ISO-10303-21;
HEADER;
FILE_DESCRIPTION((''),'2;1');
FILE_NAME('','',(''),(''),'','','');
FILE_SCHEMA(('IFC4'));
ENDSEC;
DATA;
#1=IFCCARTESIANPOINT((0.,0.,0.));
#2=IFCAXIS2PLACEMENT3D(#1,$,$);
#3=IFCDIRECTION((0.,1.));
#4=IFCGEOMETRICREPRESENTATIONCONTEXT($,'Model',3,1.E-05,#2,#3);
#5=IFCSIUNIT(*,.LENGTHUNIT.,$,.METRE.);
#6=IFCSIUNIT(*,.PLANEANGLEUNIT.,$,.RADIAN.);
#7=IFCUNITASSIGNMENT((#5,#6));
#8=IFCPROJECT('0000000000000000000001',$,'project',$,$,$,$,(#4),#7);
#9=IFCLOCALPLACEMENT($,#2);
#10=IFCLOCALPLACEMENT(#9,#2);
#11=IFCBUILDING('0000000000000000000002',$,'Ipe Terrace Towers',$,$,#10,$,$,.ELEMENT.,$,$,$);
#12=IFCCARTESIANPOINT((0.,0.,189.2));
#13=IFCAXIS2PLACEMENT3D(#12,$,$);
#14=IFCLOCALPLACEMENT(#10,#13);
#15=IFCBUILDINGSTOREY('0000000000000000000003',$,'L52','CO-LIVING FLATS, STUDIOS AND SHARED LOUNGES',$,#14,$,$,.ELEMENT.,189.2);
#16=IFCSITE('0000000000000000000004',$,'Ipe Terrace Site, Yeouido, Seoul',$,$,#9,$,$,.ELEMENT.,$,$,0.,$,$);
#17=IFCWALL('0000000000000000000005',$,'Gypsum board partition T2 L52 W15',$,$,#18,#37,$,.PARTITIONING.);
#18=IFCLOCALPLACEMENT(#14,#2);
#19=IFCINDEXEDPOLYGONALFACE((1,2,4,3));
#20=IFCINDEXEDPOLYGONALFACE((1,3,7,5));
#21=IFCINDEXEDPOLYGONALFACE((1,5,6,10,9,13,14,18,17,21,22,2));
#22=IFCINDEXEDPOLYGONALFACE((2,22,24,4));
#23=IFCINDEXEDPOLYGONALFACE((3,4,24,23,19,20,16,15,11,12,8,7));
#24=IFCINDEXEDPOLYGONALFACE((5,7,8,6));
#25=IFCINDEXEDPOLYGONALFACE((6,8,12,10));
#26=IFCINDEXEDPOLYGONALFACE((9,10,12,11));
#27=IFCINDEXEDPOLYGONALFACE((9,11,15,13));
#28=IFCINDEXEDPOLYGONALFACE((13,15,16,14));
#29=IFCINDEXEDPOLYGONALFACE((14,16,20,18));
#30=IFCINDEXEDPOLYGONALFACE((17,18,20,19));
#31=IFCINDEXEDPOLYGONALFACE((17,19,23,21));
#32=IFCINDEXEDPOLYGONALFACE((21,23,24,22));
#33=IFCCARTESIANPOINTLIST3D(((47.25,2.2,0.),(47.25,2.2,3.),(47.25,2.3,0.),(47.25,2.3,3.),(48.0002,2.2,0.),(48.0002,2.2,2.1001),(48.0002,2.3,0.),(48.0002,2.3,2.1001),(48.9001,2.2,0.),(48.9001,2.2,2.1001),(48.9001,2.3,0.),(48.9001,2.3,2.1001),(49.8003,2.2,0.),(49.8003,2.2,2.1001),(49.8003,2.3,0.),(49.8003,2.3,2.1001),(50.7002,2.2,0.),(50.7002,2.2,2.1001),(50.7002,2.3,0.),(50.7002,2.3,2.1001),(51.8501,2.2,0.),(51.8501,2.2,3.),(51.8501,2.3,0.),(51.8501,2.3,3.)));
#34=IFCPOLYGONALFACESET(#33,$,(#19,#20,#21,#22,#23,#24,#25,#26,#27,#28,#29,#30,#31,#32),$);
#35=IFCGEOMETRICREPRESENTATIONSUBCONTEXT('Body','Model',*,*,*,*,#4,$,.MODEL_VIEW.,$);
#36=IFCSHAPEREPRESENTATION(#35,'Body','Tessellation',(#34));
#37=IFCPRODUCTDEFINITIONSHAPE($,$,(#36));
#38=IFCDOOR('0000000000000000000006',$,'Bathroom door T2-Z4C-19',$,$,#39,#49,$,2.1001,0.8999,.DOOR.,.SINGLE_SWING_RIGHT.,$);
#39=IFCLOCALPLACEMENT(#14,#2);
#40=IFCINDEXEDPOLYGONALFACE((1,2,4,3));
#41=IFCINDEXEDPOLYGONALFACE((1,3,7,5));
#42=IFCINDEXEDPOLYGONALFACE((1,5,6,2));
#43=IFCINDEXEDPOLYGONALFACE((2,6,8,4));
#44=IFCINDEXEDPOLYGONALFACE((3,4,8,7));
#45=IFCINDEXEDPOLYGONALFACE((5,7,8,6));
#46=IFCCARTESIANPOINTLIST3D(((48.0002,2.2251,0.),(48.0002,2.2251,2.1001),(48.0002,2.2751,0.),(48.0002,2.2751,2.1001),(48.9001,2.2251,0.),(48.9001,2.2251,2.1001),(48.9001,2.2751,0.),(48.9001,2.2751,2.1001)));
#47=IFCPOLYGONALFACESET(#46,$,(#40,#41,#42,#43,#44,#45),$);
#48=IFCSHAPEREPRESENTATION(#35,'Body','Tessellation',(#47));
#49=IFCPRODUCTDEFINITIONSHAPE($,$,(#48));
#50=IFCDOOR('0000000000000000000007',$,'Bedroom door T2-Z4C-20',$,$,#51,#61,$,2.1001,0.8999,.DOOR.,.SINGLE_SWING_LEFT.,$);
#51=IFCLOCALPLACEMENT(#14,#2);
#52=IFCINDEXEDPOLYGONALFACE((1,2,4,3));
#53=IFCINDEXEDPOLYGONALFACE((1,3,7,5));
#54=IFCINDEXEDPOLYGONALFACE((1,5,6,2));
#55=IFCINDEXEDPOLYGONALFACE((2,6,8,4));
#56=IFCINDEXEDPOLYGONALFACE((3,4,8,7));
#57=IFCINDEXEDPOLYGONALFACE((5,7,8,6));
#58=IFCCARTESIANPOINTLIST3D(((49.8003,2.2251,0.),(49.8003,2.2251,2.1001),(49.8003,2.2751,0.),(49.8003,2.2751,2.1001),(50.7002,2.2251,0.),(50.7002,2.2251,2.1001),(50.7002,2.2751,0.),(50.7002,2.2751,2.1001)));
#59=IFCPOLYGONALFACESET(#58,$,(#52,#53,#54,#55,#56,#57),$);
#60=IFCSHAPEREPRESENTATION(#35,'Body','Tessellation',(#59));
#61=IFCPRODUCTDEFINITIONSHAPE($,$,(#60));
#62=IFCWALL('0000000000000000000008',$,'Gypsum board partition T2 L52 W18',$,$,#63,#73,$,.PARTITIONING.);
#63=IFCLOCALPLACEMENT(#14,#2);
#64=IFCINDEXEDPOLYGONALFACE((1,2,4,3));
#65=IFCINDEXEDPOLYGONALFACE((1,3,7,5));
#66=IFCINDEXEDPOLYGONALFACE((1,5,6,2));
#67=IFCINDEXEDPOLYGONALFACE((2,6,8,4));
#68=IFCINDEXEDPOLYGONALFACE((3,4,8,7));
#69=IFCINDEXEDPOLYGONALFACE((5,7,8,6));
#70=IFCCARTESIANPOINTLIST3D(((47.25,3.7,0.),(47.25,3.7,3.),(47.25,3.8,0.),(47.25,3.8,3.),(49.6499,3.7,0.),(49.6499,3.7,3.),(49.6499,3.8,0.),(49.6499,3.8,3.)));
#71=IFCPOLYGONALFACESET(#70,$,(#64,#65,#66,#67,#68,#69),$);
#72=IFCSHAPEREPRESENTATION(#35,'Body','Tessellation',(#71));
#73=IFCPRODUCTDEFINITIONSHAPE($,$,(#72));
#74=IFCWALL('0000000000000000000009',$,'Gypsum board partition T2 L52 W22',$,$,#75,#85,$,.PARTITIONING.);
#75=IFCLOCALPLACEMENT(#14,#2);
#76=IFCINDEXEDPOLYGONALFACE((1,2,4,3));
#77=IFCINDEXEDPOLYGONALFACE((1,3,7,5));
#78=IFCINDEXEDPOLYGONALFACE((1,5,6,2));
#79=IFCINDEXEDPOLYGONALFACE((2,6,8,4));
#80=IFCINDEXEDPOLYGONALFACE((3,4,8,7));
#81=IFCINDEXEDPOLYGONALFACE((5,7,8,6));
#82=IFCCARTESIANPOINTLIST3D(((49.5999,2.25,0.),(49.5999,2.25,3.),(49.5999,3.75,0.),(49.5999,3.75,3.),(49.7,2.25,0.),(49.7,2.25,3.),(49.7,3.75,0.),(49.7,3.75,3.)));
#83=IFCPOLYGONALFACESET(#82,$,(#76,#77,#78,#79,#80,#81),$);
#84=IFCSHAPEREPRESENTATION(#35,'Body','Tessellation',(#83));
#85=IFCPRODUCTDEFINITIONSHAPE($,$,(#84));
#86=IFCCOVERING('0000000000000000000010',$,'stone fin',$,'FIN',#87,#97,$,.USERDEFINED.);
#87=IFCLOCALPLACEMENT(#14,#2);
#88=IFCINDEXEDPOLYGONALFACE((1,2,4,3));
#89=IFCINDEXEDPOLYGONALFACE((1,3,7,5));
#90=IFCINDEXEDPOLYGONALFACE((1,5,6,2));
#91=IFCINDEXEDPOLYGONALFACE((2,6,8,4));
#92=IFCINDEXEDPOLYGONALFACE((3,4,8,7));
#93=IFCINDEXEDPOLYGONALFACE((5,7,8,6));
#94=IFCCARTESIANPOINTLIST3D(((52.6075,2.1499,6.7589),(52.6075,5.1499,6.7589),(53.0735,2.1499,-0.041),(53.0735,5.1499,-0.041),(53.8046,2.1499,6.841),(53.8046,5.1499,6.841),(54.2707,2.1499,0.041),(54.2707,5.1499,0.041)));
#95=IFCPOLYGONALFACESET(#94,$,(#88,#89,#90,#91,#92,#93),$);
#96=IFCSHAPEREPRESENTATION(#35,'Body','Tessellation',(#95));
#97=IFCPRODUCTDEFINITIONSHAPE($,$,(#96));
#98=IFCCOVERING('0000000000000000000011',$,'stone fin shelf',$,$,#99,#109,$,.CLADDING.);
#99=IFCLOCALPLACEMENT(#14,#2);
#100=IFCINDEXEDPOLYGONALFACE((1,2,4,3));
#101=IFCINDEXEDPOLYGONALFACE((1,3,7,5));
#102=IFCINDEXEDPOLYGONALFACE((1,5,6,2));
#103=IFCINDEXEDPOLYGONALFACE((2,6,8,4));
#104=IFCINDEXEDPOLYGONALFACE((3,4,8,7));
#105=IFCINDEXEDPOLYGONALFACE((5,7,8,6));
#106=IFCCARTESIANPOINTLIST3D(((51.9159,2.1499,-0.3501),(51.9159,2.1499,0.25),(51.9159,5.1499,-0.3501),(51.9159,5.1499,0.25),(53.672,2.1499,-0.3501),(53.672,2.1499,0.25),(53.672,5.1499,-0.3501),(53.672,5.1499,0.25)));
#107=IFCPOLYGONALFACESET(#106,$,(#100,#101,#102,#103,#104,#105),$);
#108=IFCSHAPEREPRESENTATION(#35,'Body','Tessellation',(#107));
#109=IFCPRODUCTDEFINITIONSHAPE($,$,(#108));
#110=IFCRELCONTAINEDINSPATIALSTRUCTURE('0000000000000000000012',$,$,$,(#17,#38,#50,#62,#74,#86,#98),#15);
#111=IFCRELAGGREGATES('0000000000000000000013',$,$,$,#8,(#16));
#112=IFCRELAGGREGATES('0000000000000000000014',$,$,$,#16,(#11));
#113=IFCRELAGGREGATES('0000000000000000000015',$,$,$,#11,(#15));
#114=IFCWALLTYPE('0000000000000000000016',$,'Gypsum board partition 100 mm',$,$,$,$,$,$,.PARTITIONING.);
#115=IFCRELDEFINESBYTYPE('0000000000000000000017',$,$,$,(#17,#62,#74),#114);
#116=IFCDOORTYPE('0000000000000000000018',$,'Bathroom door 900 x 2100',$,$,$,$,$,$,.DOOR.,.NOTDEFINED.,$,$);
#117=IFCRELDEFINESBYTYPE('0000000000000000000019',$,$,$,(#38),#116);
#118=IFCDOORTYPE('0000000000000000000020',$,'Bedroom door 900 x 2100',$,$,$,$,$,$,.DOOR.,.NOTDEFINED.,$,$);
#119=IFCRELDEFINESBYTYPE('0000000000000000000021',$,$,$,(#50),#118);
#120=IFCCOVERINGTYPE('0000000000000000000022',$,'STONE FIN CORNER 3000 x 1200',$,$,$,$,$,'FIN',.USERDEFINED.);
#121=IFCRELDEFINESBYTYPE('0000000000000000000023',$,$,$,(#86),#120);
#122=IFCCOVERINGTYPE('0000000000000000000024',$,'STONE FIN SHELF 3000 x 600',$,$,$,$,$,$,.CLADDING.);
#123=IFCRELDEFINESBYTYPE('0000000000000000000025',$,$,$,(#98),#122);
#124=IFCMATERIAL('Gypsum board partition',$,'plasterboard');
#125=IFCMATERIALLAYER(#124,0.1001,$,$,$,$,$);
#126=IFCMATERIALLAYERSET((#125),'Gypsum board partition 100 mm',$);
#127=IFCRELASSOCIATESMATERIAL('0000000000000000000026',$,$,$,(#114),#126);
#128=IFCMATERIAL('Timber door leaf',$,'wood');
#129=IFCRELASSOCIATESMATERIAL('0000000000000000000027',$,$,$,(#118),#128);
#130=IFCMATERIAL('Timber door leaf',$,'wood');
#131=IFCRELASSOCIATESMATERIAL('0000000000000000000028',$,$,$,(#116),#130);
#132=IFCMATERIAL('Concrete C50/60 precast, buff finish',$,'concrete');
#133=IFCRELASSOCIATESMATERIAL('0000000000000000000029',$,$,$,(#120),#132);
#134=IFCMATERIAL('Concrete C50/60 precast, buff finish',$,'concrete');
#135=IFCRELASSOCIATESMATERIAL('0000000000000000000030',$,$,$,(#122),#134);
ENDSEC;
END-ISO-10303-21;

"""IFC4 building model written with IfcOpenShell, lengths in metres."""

from ifc_helpers import new_model, si_unit, direction, frame, frame_2d, origin, origin_2d, place, context, subcontext, project, spatial, rectangle, extrude, material, layer, layer_set, material_profile, profile_set, type_object, element, fill, save


model = new_model("IFC4")

# Units and contexts
model_context = context("Model", 3, precision=1e-05, world=origin(), true_north=direction((0.0, 1.0)))
body_context = subcontext(model_context, "Body", "Model", "MODEL_VIEW")
ifc_project = project(units=[si_unit("LENGTHUNIT", "METRE"), si_unit("PLANEANGLEUNIT", "RADIAN")], contexts=[model_context])

# Site, building, storey
site_placement = place(None, origin())
site = spatial("IfcSite", under=ifc_project, at=site_placement, Name="Ipe Terrace Site, Yeouido, Seoul", CompositionType="ELEMENT", RefElevation=0.0)
building_placement = place(site_placement, origin())
building = spatial("IfcBuilding", under=site, at=building_placement, Name="Ipe Terrace Towers", CompositionType="ELEMENT")
storey_placement = place(building_placement, frame((0.0, 0.0, 189.2)))
storey = spatial("IfcBuildingStorey", under=building, at=storey_placement, Name="L52", Description="CO-LIVING FLATS, STUDIOS AND SHARED LOUNGES", CompositionType="ELEMENT", Elevation=189.2)

# Shared definitions
ifc_material_1 = material(Name="Gypsum board partition", Category="plasterboard")
ifc_layer_1 = layer(ifc_material_1, 0.1001)
ifc_layer_set_1 = layer_set([ifc_layer_1], Name="Gypsum board partition 100 mm")
wall_type_1 = type_object("IfcWallType", Name="Gypsum board partition 100 mm", PredefinedType="PARTITIONING", material=ifc_layer_set_1)
ifc_material_2 = material(Name="Timber door leaf", Category="wood")
door_type_1 = type_object("IfcDoorType", Name="Bedroom door 900 x 2100", OperationType="NOTDEFINED", PredefinedType="DOOR", material=ifc_material_2)

# Wall, openings, doors
wall_1_placement = place(storey_placement, frame((51.8501, 2.25, 0.0), z_axis=(0.0, 0.0, 1.0), x_axis=(-1.0, 0.0, 0.0)))
wall_1 = element("IfcWall", 1, at=wall_1_placement, inside=storey, type_object=wall_type_1, Name="Gypsum board partition T2 L52 W15", PredefinedType="PARTITIONING", context=body_context, shape_type="SweptSolid", body=[
    extrude(rectangle(XDim=4.6001, YDim=0.1001, at=frame_2d((2.3, 0.0))), origin(), (0.0, 0.0, 1.0), 3.0),
])
opening_1_placement = place(wall_1_placement, frame((2.95, 0.0, 0.0)))
opening_1 = element("IfcOpeningElement", 2, at=opening_1_placement, cuts=wall_1, PredefinedType="OPENING", context=body_context, shape_type="SweptSolid", body=[
    extrude(rectangle(XDim=0.8999, YDim=2.1001, at=frame_2d((0.45, 1.05))), frame((0.0, 0.0601, 0.0), z_axis=(0.0, -1.0, 0.0), x_axis=(1.0, 0.0, 0.0)), (0.0, 0.0, 1.0), 0.1201),
])
opening_2_placement = place(wall_1_placement, frame((1.1499, 0.0, 0.0)))
opening_2 = element("IfcOpeningElement", 3, at=opening_2_placement, cuts=wall_1, PredefinedType="OPENING", context=body_context, shape_type="SweptSolid", body=[
    extrude(rectangle(XDim=0.8999, YDim=2.1001, at=frame_2d((0.45, 1.05))), frame((0.0, 0.0601, 0.0), z_axis=(0.0, -1.0, 0.0), x_axis=(1.0, 0.0, 0.0)), (0.0, 0.0, 1.0), 0.1201),
])
ifc_material_3 = material(Name="Timber door leaf", Category="wood")
door_type_2 = type_object("IfcDoorType", Name="Bathroom door 900 x 2100", OperationType="NOTDEFINED", PredefinedType="DOOR", material=ifc_material_3)
door_1_placement = place(opening_1_placement, origin())
door_1 = element("IfcDoor", 4, at=door_1_placement, inside=storey, type_object=door_type_2, Name="Bathroom door T2-Z4C-19", OperationType="SINGLE_SWING_RIGHT", OverallHeight=2.1001, OverallWidth=0.8999, PredefinedType="DOOR", context=body_context, shape_type="SweptSolid", body=[
    extrude(rectangle(XDim=0.8999, YDim=2.1001, at=frame_2d((0.45, 1.05))), frame((0.0, 0.0249, 0.0), z_axis=(0.0, -1.0, 0.0), x_axis=(1.0, 0.0, 0.0)), (0.0, 0.0, 1.0), 0.05),
])
fill(opening_1, door_1)
door_2_placement = place(opening_2_placement, origin())
door_2 = element("IfcDoor", 5, at=door_2_placement, inside=storey, type_object=door_type_1, Name="Bedroom door T2-Z4C-20", OperationType="SINGLE_SWING_LEFT", OverallHeight=2.1001, OverallWidth=0.8999, PredefinedType="DOOR", context=body_context, shape_type="SweptSolid", body=[
    extrude(rectangle(XDim=0.8999, YDim=2.1001, at=frame_2d((0.45, 1.05))), frame((0.0, 0.0249, 0.0), z_axis=(0.0, -1.0, 0.0), x_axis=(1.0, 0.0, 0.0)), (0.0, 0.0, 1.0), 0.05),
])
fill(opening_2, door_2)

# Walls
wall_2_placement = place(storey_placement, frame((49.6499, 3.75, 0.0), z_axis=(0.0, 0.0, 1.0), x_axis=(-1.0, 0.0, 0.0)))
element("IfcWall", 6, at=wall_2_placement, inside=storey, type_object=wall_type_1, Name="Gypsum board partition T2 L52 W18", PredefinedType="PARTITIONING", context=body_context, shape_type="SweptSolid", body=[
    extrude(rectangle(XDim=2.3999, YDim=0.1001, at=frame_2d((1.2, 0.0))), origin(), (0.0, 0.0, 1.0), 3.0),
])
wall_3_placement = place(storey_placement, frame((49.6499, 2.25, 0.0), z_axis=(0.0, 0.0, 1.0), x_axis=(0.0, 1.0, 0.0)))
element("IfcWall", 7, at=wall_3_placement, inside=storey, type_object=wall_type_1, Name="Gypsum board partition T2 L52 W22", PredefinedType="PARTITIONING", context=body_context, shape_type="SweptSolid", body=[
    extrude(rectangle(XDim=1.5, YDim=0.1001, at=frame_2d((0.75, 0.0))), origin(), (0.0, 0.0, 1.0), 3.0),
])

# Coverings
ifc_material_4 = material(Name="Concrete C50/60 precast, buff finish", Category="concrete")
ifc_material_profile_1 = material_profile(ifc_material_4, rectangle(XDim=3.0, YDim=1.2, at=origin_2d()), Name="STONE FIN CORNER 3000 x 1200")
ifc_profile_set_1 = profile_set([ifc_material_profile_1], Name="Concrete C50/60 precast, buff finish")
covering_type_1 = type_object("IfcCoveringType", Name="STONE FIN CORNER 3000 x 1200", ElementType="FIN", PredefinedType="USERDEFINED", material=ifc_profile_set_1)
covering_1_placement = place(storey_placement, frame((53.6721, 3.6499, 0.0), z_axis=(-0.068378, 0.0, 0.997659), x_axis=(0.0, 1.0, 0.0)))
element("IfcCovering", 8, at=covering_1_placement, inside=storey, type_object=covering_type_1, Name="stone fin", ObjectType="FIN", PredefinedType="USERDEFINED", context=body_context, shape_type="SweptSolid", body=[
    extrude(rectangle(XDim=3.0, YDim=1.2, at=origin_2d()), origin(), (0.0, 0.0, 1.0), 6.8159),
])
ifc_material_5 = material(Name="Concrete C50/60 precast, buff finish", Category="concrete")
covering_type_2 = type_object("IfcCoveringType", Name="STONE FIN SHELF 3000 x 600", PredefinedType="CLADDING", material=ifc_material_5)
covering_2_placement = place(storey_placement, frame((52.7939, 3.6499, -0.3501), z_axis=(0.0, 0.0, 1.0), x_axis=(0.0, 1.0, 0.0)))
element("IfcCovering", 9, at=covering_2_placement, inside=storey, type_object=covering_type_2, Name="stone fin shelf", PredefinedType="CLADDING", context=body_context, shape_type="SweptSolid", body=[
    extrude(rectangle(XDim=3.0, YDim=1.7561, at=origin_2d()), origin(), (0.0, 0.0, 1.0), 0.6001),
])

save(model, "model.ifc")
